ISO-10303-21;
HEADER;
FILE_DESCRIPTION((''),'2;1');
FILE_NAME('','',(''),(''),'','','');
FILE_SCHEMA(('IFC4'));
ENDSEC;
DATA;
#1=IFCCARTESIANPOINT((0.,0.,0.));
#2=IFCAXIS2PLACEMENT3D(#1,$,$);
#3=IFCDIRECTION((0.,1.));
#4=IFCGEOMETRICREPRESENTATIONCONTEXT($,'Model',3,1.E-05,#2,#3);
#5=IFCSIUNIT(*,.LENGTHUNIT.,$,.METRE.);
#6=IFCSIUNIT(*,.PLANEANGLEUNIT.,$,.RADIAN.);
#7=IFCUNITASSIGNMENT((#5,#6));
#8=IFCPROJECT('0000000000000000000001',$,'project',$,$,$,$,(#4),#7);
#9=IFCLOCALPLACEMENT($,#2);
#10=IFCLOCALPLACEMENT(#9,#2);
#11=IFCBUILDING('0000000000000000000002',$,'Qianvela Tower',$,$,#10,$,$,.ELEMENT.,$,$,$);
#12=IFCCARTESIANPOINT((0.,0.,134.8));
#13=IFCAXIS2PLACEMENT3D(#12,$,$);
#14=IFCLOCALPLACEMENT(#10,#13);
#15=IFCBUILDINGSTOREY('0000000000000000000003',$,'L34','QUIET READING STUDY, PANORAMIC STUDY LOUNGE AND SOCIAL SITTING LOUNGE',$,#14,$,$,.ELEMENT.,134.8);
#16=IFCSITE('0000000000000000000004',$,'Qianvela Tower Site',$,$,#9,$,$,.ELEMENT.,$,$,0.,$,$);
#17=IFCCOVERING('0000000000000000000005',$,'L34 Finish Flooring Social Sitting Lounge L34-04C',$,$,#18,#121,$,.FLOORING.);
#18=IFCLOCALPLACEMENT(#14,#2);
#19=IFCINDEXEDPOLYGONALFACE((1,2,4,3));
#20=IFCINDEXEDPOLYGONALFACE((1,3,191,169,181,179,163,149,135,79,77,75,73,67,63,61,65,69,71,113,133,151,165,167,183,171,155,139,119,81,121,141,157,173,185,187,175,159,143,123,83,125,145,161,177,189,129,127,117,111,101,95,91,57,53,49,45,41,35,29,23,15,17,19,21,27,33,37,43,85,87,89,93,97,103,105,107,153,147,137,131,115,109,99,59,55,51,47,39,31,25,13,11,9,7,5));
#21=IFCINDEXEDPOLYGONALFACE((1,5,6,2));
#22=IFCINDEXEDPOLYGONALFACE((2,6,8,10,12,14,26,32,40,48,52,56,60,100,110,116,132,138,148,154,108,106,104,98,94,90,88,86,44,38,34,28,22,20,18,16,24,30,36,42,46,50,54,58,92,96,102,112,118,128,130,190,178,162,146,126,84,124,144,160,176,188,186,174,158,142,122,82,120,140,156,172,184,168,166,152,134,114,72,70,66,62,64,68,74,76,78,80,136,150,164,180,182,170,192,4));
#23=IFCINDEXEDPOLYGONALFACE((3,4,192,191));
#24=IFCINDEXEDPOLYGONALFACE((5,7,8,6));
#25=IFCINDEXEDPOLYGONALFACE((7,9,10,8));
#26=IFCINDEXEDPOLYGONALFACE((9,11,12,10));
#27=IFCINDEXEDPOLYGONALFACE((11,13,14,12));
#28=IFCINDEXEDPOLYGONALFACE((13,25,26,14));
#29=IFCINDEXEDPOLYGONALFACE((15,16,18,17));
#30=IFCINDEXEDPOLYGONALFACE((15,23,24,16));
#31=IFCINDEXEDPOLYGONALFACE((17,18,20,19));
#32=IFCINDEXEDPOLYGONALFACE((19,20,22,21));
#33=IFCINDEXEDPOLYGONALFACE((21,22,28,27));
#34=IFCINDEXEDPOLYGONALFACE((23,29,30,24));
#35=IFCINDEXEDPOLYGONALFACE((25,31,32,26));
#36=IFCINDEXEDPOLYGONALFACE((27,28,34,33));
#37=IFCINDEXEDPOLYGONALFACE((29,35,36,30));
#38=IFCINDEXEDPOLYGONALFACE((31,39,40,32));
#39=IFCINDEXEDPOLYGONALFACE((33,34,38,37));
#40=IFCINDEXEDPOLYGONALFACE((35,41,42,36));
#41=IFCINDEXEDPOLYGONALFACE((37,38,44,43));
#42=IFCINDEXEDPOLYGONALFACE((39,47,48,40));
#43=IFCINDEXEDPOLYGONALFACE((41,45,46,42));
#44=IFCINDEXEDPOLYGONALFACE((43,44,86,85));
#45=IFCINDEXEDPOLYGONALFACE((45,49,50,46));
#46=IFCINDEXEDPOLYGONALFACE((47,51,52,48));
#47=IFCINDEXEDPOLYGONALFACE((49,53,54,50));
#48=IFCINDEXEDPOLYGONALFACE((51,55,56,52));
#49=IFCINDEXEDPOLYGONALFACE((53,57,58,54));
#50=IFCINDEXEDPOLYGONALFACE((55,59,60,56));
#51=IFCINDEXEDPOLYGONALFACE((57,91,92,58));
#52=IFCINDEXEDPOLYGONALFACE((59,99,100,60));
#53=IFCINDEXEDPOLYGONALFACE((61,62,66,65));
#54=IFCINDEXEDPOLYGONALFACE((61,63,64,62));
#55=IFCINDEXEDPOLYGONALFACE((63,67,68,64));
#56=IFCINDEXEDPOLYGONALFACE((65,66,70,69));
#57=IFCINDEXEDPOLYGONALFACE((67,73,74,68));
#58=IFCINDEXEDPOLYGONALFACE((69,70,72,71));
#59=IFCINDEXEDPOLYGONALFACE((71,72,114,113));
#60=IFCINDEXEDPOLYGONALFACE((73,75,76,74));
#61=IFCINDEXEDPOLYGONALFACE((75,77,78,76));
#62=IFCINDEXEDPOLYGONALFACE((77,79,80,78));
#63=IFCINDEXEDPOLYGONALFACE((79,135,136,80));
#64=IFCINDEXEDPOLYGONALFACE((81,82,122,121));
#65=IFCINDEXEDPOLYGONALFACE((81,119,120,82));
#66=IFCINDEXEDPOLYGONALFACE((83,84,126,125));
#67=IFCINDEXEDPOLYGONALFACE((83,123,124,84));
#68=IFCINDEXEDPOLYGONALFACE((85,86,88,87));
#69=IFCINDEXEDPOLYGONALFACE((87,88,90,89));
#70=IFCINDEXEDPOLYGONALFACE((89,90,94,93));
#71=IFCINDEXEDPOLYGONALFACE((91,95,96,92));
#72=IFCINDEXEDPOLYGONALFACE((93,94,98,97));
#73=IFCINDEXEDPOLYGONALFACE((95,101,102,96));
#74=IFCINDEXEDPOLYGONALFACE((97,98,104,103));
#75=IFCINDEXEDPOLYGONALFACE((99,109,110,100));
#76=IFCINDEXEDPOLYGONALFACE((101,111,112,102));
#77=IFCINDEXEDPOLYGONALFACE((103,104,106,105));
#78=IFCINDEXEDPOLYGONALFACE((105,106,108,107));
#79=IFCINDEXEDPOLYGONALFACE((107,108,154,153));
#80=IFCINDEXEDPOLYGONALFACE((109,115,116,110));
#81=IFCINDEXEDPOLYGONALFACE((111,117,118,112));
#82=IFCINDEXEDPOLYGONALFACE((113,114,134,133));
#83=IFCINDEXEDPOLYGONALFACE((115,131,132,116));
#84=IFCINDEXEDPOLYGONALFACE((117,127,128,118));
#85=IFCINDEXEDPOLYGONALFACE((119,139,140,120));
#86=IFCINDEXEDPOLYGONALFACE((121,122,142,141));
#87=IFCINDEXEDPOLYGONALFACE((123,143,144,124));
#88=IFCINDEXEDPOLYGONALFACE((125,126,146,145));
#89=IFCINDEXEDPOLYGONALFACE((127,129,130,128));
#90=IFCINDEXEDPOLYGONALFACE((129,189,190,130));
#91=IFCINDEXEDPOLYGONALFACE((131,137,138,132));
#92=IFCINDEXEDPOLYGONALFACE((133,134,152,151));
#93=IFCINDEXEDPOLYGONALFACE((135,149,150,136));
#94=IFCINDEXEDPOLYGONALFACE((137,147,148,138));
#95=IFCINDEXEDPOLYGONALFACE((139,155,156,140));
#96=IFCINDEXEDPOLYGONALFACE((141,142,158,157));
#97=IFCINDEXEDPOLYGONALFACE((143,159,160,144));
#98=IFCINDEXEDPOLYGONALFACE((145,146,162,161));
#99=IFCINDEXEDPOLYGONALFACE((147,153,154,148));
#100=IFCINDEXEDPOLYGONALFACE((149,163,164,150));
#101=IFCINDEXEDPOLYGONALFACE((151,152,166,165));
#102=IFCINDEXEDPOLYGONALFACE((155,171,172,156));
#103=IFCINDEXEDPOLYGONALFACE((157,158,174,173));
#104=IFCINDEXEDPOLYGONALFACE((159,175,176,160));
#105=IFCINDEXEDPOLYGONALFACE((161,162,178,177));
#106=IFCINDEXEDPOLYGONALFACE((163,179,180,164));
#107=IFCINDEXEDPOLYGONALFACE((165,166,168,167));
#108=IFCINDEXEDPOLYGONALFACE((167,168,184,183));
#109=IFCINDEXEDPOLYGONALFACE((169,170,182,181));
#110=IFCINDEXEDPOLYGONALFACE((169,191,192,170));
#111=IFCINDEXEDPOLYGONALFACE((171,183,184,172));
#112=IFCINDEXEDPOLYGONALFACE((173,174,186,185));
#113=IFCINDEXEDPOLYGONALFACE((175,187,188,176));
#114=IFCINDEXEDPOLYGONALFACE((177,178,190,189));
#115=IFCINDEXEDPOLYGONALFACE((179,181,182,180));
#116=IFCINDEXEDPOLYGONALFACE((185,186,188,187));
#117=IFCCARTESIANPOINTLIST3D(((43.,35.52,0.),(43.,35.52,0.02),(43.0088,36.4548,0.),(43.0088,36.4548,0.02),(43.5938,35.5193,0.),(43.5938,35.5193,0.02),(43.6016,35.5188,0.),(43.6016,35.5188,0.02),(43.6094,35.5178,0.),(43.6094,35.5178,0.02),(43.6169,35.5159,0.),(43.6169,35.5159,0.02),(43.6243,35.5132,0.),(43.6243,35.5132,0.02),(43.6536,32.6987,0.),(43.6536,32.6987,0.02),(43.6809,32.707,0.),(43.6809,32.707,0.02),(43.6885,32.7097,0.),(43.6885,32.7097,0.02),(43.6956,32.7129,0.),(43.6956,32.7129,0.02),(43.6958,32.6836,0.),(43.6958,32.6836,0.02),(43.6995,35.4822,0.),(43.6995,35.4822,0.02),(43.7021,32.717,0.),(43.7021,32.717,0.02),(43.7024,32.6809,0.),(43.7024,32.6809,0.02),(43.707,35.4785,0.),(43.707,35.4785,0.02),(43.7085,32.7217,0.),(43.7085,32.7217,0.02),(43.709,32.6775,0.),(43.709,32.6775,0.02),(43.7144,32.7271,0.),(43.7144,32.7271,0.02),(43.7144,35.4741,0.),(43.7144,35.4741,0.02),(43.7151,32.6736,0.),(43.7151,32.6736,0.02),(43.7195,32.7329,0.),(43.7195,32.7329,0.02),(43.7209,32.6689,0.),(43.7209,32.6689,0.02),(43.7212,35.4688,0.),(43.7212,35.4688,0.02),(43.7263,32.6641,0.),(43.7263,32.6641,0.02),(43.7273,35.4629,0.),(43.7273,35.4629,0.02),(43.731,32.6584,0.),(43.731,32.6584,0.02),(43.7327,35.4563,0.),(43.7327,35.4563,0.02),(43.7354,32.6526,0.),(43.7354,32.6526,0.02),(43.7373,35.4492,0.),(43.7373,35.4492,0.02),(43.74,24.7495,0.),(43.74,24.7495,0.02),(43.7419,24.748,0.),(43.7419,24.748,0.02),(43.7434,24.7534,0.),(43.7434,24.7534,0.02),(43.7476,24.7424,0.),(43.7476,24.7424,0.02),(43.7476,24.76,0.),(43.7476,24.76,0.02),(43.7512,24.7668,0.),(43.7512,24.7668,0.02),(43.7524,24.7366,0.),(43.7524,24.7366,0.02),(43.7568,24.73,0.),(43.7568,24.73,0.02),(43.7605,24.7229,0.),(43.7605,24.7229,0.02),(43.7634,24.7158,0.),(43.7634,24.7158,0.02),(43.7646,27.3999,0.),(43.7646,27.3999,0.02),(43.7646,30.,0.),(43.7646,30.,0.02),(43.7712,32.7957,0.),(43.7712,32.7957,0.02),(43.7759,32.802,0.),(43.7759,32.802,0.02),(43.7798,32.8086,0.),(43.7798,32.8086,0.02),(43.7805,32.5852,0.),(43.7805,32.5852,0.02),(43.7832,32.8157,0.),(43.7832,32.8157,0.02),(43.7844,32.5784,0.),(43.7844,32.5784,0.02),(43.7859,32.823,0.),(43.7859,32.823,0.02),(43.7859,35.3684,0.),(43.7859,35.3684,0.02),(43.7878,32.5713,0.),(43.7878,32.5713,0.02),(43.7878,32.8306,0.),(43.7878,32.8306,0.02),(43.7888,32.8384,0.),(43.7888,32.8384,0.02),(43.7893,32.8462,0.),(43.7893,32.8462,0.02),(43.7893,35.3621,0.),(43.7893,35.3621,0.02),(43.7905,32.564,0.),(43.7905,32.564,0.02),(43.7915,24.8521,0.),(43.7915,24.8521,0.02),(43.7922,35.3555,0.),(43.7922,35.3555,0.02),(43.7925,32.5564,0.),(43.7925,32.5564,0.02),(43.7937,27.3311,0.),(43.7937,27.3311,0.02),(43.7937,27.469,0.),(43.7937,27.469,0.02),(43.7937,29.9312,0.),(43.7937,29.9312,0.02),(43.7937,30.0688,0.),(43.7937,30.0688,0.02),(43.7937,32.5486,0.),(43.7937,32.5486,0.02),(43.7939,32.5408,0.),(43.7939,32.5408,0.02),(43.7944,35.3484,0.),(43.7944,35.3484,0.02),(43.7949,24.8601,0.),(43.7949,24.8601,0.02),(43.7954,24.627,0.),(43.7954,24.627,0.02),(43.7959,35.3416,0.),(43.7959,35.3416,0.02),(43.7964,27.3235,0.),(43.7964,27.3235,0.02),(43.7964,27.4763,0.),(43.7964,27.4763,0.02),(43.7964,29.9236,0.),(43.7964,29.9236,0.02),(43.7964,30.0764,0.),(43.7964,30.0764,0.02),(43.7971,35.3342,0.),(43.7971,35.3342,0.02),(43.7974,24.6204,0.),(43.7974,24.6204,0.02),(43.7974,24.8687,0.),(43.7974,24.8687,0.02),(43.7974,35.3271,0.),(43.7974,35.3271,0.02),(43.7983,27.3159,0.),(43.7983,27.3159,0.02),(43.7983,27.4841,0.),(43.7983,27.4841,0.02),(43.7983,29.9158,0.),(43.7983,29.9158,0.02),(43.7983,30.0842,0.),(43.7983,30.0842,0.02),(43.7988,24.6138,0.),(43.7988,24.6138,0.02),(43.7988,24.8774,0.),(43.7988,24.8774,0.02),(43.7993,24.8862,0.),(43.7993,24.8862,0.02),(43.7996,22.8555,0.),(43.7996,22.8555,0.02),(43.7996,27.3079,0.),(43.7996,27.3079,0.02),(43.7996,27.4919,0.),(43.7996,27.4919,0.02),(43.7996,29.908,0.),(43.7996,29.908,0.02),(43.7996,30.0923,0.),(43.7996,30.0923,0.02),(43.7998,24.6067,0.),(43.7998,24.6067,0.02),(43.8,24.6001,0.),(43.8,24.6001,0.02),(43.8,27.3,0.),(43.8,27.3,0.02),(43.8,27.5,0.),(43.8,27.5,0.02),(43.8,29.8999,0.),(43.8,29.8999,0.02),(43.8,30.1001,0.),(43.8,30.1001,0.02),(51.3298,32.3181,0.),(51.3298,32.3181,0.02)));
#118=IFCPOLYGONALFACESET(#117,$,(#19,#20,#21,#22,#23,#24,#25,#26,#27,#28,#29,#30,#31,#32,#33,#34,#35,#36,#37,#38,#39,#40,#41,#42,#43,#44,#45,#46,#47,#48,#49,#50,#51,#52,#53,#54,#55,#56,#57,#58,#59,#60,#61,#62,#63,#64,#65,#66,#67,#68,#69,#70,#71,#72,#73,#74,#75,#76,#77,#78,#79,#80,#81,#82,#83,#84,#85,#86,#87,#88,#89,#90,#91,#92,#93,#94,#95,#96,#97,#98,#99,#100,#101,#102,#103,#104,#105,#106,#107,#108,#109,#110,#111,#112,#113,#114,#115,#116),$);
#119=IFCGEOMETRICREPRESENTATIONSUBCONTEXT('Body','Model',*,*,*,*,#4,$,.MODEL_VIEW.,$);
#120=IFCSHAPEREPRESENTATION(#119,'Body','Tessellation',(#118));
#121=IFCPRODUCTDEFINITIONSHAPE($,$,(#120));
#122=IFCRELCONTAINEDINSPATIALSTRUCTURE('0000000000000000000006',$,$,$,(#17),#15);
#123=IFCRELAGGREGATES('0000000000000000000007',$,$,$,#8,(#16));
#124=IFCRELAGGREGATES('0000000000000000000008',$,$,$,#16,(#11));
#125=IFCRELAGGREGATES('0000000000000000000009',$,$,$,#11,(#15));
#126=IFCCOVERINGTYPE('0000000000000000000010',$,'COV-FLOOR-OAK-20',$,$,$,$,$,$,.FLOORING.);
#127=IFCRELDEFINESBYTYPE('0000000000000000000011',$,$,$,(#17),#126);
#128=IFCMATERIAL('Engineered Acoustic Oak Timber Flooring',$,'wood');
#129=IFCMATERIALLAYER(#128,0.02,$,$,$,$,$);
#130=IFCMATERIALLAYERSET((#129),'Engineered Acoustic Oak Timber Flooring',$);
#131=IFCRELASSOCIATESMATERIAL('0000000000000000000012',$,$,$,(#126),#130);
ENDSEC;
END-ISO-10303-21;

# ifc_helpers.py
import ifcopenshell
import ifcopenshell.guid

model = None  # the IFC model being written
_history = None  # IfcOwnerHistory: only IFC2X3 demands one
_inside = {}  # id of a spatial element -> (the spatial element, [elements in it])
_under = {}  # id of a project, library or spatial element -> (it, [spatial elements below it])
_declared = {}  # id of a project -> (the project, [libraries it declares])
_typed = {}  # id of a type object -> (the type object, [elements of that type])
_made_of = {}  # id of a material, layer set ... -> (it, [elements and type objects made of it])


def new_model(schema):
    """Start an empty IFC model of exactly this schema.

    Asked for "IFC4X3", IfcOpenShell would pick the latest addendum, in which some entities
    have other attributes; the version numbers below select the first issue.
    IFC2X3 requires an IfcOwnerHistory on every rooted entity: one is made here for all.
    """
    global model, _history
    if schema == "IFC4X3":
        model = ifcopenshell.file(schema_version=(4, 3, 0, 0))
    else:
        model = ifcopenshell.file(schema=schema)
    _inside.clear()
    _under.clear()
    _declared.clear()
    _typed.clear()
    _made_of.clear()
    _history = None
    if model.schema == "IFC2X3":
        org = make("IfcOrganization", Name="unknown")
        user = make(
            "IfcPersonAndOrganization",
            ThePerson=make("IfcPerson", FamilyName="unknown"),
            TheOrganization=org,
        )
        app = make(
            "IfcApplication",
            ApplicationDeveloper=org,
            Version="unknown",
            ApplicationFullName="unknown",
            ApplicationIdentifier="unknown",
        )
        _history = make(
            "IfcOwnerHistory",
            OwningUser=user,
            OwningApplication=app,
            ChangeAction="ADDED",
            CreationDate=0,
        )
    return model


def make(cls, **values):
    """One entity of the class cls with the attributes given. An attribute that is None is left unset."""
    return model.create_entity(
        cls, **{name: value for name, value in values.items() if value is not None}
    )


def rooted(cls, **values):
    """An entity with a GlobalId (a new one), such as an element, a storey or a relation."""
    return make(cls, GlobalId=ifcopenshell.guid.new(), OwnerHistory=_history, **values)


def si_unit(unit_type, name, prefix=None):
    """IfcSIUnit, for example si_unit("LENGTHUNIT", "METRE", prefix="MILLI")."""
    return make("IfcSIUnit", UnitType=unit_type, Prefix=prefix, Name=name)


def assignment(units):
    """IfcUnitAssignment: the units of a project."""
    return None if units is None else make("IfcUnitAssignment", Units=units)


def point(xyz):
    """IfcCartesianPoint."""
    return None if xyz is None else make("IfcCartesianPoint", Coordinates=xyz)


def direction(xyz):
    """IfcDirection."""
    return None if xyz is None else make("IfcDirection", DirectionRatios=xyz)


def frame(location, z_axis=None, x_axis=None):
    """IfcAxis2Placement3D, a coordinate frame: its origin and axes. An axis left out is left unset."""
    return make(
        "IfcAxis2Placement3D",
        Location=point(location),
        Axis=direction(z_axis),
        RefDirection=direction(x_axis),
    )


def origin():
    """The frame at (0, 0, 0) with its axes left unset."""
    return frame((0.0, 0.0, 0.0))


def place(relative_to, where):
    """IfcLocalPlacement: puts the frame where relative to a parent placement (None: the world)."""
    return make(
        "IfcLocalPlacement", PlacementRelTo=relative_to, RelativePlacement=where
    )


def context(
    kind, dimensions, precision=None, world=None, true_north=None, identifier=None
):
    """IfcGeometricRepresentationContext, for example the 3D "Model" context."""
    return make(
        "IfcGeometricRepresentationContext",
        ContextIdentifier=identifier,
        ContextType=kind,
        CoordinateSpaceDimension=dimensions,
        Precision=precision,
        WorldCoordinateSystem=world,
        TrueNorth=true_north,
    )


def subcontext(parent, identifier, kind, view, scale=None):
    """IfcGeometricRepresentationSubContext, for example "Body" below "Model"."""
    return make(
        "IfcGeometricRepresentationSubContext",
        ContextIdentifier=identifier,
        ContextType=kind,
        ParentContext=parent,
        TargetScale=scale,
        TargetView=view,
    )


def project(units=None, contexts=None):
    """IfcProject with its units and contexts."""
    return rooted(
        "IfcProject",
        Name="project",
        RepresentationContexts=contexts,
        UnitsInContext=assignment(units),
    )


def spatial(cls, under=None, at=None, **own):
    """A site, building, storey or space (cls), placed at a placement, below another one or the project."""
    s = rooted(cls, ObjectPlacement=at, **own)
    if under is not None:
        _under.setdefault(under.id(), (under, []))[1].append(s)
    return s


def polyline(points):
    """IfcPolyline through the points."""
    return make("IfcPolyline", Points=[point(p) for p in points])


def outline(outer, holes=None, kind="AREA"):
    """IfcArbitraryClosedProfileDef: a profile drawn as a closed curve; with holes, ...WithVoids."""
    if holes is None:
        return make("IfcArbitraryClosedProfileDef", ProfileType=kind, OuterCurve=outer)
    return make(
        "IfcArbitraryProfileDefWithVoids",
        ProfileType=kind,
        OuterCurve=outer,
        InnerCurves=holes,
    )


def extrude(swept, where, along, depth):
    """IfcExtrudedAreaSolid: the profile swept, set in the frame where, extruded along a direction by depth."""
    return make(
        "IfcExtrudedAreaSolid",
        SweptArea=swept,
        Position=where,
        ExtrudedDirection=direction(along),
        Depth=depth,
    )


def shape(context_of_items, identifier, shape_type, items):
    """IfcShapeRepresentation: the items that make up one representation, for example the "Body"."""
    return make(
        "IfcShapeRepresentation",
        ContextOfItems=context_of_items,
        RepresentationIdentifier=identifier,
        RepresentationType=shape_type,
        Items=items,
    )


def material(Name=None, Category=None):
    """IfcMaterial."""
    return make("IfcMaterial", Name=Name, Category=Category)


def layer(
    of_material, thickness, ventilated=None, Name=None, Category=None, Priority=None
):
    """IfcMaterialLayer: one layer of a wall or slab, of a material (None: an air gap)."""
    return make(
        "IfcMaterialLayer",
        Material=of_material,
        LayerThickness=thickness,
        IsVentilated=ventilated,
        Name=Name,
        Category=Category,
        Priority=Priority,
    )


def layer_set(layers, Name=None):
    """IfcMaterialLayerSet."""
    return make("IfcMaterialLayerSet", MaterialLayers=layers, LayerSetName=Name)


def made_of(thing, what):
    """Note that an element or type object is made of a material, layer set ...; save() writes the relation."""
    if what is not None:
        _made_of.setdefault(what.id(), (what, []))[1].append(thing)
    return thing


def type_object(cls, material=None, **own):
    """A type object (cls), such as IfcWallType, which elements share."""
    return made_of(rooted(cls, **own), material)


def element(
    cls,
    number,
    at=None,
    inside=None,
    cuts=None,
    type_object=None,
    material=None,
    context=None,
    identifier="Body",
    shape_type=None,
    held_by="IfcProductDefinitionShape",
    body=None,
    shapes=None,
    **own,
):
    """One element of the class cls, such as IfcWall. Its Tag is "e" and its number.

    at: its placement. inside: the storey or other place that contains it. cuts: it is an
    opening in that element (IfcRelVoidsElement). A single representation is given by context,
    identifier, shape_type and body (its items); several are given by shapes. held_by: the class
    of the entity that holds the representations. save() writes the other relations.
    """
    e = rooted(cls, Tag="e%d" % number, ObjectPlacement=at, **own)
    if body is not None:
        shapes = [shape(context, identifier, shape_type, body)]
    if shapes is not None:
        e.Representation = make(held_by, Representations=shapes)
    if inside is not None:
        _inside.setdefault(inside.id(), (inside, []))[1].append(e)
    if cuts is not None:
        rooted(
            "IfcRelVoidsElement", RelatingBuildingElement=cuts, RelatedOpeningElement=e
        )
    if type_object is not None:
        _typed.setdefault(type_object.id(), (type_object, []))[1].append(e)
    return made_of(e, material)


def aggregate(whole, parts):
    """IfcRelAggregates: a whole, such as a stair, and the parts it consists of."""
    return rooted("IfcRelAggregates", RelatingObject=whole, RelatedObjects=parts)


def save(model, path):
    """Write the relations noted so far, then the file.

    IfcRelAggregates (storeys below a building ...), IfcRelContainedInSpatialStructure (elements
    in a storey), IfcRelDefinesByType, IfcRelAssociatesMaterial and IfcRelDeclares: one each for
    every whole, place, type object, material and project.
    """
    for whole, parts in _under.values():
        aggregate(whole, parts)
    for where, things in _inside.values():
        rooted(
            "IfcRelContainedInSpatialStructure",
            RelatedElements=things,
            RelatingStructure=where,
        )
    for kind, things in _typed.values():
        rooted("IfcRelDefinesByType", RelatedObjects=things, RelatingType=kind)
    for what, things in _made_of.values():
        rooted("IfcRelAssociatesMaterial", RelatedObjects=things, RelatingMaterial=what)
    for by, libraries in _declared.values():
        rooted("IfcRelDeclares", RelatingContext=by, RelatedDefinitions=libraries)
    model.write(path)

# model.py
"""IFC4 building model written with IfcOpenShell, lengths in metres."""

from ifc_helpers import new_model, si_unit, direction, frame, origin, place, context, subcontext, project, spatial, polyline, outline, extrude, material, layer, layer_set, type_object, element, save


model = new_model("IFC4")

# Units and contexts
model_context = context("Model", 3, precision=1e-05, world=origin(), true_north=direction((0.0, 1.0)))
body_context = subcontext(model_context, "Body", "Model", "MODEL_VIEW")
ifc_project = project(units=[si_unit("LENGTHUNIT", "METRE"), si_unit("PLANEANGLEUNIT", "RADIAN")], contexts=[model_context])

# Site, building, storey
site_placement = place(None, origin())
site = spatial("IfcSite", under=ifc_project, at=site_placement, Name="Qianvela Tower Site", CompositionType="ELEMENT", RefElevation=0.0)
building_placement = place(site_placement, origin())
building = spatial("IfcBuilding", under=site, at=building_placement, Name="Qianvela Tower", CompositionType="ELEMENT")
storey_placement = place(building_placement, frame((0.0, 0.0, 134.8)))
storey = spatial("IfcBuildingStorey", under=building, at=storey_placement, Name="L34", Description="QUIET READING STUDY, PANORAMIC STUDY LOUNGE AND SOCIAL SITTING LOUNGE", CompositionType="ELEMENT", Elevation=134.8)

# Covering
ifc_material_1 = material(Name="Engineered Acoustic Oak Timber Flooring", Category="wood")
ifc_layer_1 = layer(ifc_material_1, 0.02)
ifc_layer_set_1 = layer_set([ifc_layer_1], Name="Engineered Acoustic Oak Timber Flooring")
covering_type_1 = type_object("IfcCoveringType", Name="COV-FLOOR-OAK-20", PredefinedType="FLOORING", material=ifc_layer_set_1)
covering_1_placement = place(storey_placement, origin())
element("IfcCovering", 1, at=covering_1_placement, inside=storey, type_object=covering_type_1, Name="L34 Finish Flooring Social Sitting Lounge L34-04C", PredefinedType="FLOORING", context=body_context, shape_type="SweptSolid", body=[
    extrude(outline(polyline([(43.6536, 32.6987), (43.6809, 32.707), (43.6885, 32.7097), (43.6956, 32.7129), (43.7021, 32.717), (43.7085, 32.7217), (43.7144, 32.7271), (43.7195, 32.7329), (43.7712, 32.7957), (43.7759, 32.802), (43.7798, 32.8086), (43.7832, 32.8157), (43.7859, 32.823), (43.7878, 32.8306), (43.7888, 32.8384), (43.7893, 32.8462), (43.7974, 35.3271), (43.7971, 35.3342), (43.7959, 35.3416), (43.7944, 35.3484), (43.7922, 35.3555), (43.7893, 35.3621), (43.7859, 35.3684), (43.7373, 35.4492), (43.7327, 35.4563), (43.7273, 35.4629), (43.7212, 35.4688), (43.7144, 35.4741), (43.707, 35.4785), (43.6995, 35.4822), (43.6243, 35.5132), (43.6169, 35.5159), (43.6094, 35.5178), (43.6016, 35.5188), (43.5938, 35.5193), (43.0, 35.52), (43.0088, 36.4548), (51.3298, 32.3181), (43.7996, 22.8555), (43.8, 24.6001), (43.7998, 24.6067), (43.7988, 24.6138), (43.7974, 24.6204), (43.7954, 24.627), (43.7634, 24.7158), (43.7605, 24.7229), (43.7568, 24.73), (43.7524, 24.7366), (43.7476, 24.7424), (43.7419, 24.748), (43.74, 24.7495), (43.7434, 24.7534), (43.7476, 24.76), (43.7512, 24.7668), (43.7915, 24.8521), (43.7949, 24.8601), (43.7974, 24.8687), (43.7988, 24.8774), (43.7993, 24.8862), (43.8, 27.3), (43.7996, 27.3079), (43.7983, 27.3159), (43.7964, 27.3235), (43.7937, 27.3311), (43.7646, 27.3999), (43.7937, 27.469), (43.7964, 27.4763), (43.7983, 27.4841), (43.7996, 27.4919), (43.8, 27.5), (43.8, 29.8999), (43.7996, 29.908), (43.7983, 29.9158), (43.7964, 29.9236), (43.7937, 29.9312), (43.7646, 30.0), (43.7937, 30.0688), (43.7964, 30.0764), (43.7983, 30.0842), (43.7996, 30.0923), (43.8, 30.1001), (43.7939, 32.5408), (43.7937, 32.5486), (43.7925, 32.5564), (43.7905, 32.564), (43.7878, 32.5713), (43.7844, 32.5784), (43.7805, 32.5852), (43.7354, 32.6526), (43.731, 32.6584), (43.7263, 32.6641), (43.7209, 32.6689), (43.7151, 32.6736), (43.709, 32.6775), (43.7024, 32.6809), (43.6958, 32.6836), (43.6536, 32.6987)])), origin(), (0.0, 0.0, 1.0), 0.02),
])

save(model, "model.ifc")
